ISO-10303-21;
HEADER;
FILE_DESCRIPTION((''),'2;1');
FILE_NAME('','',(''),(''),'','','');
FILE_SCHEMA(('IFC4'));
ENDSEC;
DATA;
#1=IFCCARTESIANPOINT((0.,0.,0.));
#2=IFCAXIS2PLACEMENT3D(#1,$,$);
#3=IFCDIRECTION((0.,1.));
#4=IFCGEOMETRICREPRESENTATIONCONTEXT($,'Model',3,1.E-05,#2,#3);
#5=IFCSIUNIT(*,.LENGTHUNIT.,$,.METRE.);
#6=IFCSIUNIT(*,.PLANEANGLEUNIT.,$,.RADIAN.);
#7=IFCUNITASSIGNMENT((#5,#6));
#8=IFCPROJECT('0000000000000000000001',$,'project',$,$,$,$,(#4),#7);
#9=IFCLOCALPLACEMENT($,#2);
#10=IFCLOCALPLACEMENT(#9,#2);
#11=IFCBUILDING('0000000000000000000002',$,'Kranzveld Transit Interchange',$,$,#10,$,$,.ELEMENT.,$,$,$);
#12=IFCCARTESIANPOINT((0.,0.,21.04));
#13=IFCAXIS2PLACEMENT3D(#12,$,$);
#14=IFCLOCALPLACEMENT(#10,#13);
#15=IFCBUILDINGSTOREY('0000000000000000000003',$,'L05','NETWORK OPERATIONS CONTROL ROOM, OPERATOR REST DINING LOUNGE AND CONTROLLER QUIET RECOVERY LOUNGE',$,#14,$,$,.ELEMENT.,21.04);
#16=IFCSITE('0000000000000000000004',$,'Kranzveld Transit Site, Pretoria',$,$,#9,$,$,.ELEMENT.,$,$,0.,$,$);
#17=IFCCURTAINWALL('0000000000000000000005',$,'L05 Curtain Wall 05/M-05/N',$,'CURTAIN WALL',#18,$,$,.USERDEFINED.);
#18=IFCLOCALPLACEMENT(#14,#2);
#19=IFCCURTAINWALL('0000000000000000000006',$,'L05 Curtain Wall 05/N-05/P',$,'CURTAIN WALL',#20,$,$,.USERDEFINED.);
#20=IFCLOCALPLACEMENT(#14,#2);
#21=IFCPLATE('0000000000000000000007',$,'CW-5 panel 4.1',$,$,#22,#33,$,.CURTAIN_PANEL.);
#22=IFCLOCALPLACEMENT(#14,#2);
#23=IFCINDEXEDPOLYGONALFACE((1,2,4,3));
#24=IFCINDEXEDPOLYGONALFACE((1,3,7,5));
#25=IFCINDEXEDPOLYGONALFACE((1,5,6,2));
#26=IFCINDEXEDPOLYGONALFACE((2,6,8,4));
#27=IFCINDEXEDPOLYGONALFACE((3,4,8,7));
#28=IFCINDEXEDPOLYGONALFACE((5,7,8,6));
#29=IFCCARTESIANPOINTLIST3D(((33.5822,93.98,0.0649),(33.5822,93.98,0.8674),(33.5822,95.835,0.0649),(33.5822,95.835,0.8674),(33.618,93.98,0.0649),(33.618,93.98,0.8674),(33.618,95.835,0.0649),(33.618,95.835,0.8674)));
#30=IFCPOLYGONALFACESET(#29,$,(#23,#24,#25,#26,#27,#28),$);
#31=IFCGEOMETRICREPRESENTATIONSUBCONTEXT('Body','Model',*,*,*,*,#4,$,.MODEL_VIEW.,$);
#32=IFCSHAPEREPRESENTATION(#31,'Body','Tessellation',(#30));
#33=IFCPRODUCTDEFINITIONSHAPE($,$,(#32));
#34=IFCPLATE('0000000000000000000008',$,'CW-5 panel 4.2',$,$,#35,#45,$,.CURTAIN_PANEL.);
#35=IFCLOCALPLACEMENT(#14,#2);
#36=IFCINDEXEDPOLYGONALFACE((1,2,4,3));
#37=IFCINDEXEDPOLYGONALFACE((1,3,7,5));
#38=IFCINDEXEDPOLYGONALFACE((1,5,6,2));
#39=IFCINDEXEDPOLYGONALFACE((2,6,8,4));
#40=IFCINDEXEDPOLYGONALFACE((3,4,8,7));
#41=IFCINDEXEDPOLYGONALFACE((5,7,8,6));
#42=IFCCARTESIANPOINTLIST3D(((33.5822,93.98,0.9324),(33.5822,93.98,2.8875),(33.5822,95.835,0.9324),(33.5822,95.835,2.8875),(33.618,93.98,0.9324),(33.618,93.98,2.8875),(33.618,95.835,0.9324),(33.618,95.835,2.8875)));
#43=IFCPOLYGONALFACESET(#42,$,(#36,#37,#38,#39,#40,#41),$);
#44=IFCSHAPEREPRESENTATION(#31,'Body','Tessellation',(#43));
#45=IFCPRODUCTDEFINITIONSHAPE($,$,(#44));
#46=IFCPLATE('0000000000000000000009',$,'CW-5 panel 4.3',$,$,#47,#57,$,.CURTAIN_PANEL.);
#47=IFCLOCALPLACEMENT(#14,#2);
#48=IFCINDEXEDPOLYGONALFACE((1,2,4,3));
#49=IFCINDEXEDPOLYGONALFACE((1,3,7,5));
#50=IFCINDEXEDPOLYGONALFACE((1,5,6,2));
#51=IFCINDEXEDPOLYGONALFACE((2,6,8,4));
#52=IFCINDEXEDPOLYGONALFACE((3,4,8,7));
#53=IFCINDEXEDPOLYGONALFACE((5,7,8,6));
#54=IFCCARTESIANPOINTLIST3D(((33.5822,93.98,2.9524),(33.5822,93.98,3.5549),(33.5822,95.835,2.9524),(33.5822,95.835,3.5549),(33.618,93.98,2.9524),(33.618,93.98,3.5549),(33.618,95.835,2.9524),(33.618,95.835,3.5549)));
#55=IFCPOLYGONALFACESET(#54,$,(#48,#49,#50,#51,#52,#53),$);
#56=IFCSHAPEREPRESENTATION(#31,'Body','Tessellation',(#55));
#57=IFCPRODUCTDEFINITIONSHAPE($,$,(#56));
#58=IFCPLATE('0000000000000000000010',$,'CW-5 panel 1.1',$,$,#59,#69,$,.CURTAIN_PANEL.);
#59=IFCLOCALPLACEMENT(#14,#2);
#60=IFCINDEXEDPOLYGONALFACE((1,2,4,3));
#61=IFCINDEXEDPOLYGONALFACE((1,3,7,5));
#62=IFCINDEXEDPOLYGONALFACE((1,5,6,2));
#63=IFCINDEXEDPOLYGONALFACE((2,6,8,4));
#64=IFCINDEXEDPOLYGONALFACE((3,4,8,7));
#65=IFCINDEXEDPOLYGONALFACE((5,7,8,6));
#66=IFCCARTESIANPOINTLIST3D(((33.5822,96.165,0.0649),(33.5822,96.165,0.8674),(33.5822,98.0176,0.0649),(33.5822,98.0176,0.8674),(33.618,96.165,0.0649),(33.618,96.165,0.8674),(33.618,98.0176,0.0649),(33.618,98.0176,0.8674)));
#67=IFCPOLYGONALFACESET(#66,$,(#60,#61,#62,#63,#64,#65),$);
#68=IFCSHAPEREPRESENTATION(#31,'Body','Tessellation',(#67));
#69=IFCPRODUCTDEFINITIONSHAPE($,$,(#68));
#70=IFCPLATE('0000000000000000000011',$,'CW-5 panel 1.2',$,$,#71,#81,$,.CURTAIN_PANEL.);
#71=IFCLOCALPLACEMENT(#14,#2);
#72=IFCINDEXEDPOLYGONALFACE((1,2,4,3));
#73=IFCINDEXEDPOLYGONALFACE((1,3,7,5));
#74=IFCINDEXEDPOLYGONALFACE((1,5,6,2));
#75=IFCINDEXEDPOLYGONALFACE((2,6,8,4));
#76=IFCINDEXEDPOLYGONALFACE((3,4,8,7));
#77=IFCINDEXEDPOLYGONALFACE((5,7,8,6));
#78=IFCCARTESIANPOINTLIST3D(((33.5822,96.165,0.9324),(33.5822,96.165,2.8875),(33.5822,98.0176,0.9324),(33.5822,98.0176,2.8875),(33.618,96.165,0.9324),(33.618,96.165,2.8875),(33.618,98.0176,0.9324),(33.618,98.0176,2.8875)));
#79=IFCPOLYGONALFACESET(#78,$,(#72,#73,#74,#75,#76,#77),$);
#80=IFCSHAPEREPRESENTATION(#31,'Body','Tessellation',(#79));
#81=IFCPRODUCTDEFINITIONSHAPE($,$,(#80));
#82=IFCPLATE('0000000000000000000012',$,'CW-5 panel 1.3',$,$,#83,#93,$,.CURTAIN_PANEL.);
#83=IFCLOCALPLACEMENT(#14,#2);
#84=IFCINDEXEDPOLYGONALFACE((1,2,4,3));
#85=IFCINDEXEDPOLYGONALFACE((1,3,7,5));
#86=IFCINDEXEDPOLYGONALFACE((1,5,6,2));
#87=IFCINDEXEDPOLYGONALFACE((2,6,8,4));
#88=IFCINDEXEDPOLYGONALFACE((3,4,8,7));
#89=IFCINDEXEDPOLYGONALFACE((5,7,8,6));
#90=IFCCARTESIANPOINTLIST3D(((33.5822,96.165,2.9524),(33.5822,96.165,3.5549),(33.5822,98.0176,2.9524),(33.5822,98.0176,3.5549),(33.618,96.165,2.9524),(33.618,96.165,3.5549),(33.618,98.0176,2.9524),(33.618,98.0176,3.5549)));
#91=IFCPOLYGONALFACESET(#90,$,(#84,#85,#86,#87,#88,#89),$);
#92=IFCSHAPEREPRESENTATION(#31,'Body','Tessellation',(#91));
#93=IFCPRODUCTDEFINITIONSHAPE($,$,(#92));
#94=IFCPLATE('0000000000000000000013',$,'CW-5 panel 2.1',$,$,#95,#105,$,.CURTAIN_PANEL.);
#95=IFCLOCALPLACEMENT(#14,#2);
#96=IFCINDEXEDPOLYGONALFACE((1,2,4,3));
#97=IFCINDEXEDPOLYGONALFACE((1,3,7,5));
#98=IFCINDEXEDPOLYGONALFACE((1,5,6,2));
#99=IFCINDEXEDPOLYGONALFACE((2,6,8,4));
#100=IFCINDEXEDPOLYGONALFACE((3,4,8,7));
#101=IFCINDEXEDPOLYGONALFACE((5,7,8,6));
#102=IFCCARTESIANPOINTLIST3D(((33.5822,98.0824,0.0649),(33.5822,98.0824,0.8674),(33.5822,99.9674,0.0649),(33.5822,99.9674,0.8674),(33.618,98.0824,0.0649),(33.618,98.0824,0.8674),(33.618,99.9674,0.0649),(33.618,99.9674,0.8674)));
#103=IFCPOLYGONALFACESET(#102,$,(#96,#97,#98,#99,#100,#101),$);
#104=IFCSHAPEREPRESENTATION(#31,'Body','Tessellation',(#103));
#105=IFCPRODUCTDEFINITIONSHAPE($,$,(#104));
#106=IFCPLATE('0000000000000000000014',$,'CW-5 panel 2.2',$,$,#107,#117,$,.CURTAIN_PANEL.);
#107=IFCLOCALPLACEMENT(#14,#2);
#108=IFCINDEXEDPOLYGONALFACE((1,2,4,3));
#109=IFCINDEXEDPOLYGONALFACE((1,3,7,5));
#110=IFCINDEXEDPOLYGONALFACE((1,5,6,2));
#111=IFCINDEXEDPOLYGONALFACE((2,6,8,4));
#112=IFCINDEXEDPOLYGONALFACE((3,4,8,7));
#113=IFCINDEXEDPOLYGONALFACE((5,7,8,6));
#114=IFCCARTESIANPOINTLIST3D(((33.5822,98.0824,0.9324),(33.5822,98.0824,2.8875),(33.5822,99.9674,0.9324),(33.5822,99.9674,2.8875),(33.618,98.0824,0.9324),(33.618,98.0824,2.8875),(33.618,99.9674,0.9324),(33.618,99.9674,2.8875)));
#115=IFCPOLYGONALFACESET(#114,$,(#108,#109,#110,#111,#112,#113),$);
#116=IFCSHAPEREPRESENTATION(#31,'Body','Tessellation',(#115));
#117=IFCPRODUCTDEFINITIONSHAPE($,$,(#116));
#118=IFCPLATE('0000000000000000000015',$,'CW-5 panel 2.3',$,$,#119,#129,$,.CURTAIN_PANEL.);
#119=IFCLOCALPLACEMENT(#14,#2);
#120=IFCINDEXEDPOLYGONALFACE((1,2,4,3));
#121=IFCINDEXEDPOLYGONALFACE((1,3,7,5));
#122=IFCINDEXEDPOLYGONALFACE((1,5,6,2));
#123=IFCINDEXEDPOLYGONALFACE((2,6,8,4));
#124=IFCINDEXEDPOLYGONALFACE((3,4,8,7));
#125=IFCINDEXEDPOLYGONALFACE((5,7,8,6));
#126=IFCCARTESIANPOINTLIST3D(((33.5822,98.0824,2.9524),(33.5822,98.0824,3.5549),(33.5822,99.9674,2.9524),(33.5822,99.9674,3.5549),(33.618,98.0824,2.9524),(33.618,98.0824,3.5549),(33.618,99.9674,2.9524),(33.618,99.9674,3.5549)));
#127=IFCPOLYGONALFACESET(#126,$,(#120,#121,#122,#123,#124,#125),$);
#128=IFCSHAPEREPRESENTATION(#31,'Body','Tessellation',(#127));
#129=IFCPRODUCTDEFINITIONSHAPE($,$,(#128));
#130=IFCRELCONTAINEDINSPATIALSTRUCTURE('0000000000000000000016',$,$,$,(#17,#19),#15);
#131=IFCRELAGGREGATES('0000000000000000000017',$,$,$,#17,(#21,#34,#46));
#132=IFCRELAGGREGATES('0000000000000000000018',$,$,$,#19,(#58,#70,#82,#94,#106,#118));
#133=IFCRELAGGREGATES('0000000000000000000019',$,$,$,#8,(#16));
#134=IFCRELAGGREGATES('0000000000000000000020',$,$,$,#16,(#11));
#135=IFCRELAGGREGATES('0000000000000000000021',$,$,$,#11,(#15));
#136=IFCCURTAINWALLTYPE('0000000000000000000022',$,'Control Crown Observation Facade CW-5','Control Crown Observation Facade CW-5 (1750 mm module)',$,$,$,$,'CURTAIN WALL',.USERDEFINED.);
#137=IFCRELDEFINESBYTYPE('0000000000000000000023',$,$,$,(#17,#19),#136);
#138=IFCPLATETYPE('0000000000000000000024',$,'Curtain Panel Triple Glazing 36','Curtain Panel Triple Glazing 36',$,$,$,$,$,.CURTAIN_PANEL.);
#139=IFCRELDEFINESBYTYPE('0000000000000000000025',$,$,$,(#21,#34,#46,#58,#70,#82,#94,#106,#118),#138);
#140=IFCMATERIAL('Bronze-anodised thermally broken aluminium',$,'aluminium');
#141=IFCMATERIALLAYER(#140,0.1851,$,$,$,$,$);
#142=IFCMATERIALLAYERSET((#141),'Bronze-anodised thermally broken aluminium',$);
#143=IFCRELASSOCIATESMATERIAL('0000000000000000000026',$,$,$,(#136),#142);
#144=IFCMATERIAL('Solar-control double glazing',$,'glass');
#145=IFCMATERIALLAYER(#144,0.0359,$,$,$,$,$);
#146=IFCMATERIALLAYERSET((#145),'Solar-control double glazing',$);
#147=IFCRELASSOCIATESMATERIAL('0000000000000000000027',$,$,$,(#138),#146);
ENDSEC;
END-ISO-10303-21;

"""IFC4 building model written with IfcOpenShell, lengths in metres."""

from ifc_helpers import new_model, si_unit, direction, frame, origin, origin_2d, place, context, subcontext, project, spatial, rectangle, extrude, material, layer, layer_set, type_object, element, aggregate, save


model = new_model("IFC4")

# Units and contexts
model_context = context("Model", 3, precision=1e-05, world=origin(), true_north=direction((0.0, 1.0)))
body_context = subcontext(model_context, "Body", "Model", "MODEL_VIEW")
ifc_project = project(units=[si_unit("LENGTHUNIT", "METRE"), si_unit("PLANEANGLEUNIT", "RADIAN")], contexts=[model_context])

# Site, building, storey
site_placement = place(None, origin())
site = spatial("IfcSite", under=ifc_project, at=site_placement, Name="Kranzveld Transit Site, Pretoria", CompositionType="ELEMENT", RefElevation=0.0)
building_placement = place(site_placement, origin())
building = spatial("IfcBuilding", under=site, at=building_placement, Name="Kranzveld Transit Interchange", CompositionType="ELEMENT")
storey_placement = place(building_placement, frame((0.0, 0.0, 21.04)))
storey = spatial("IfcBuildingStorey", under=building, at=storey_placement, Name="L05", Description="NETWORK OPERATIONS CONTROL ROOM, OPERATOR REST DINING LOUNGE AND CONTROLLER QUIET RECOVERY LOUNGE", CompositionType="ELEMENT", Elevation=21.04)

# Curtain walls
ifc_material_1 = material(Name="Bronze-anodised thermally broken aluminium", Category="aluminium")
ifc_layer_1 = layer(ifc_material_1, 0.1851)
ifc_layer_set_1 = layer_set([ifc_layer_1], Name="Bronze-anodised thermally broken aluminium")
curtain_wall_type = type_object("IfcCurtainWallType", Name="Control Crown Observation Facade CW-5", Description="Control Crown Observation Facade CW-5 (1750 mm module)", ElementType="CURTAIN WALL", PredefinedType="USERDEFINED", material=ifc_layer_set_1)
curtain_wall_1_placement = place(storey_placement, origin())
curtain_wall_1 = element("IfcCurtainWall", 1, at=curtain_wall_1_placement, inside=storey, type_object=curtain_wall_type, Name="L05 Curtain Wall 05/M-05/N", ObjectType="CURTAIN WALL", PredefinedType="USERDEFINED")
curtain_wall_2_placement = place(storey_placement, origin())
curtain_wall_2 = element("IfcCurtainWall", 2, at=curtain_wall_2_placement, inside=storey, type_object=curtain_wall_type, Name="L05 Curtain Wall 05/N-05/P", ObjectType="CURTAIN WALL", PredefinedType="USERDEFINED")

# Plates
ifc_material_2 = material(Name="Solar-control double glazing", Category="glass")
ifc_layer_2 = layer(ifc_material_2, 0.0359)
ifc_layer_set_2 = layer_set([ifc_layer_2], Name="Solar-control double glazing")
plate_type = type_object("IfcPlateType", Name="Curtain Panel Triple Glazing 36", Description="Curtain Panel Triple Glazing 36", PredefinedType="CURTAIN_PANEL", material=ifc_layer_set_2)
plate_1_placement = place(storey_placement, frame((33.6001, 94.9075, 0.0649), z_axis=(0.0, 0.0, 1.0), x_axis=(0.0, 1.0, 0.0)))
plate_1 = element("IfcPlate", 3, at=plate_1_placement, type_object=plate_type, Name="CW-5 panel 4.1", PredefinedType="CURTAIN_PANEL", context=body_context, shape_type="SweptSolid", body=[
    extrude(rectangle(XDim=1.855, YDim=0.0359, at=origin_2d()), origin(), (0.0, 0.0, 1.0), 0.8025),
])
plate_2_placement = place(storey_placement, frame((33.6001, 94.9075, 0.9324), z_axis=(0.0, 0.0, 1.0), x_axis=(0.0, 1.0, 0.0)))
plate_2 = element("IfcPlate", 4, at=plate_2_placement, type_object=plate_type, Name="CW-5 panel 4.2", PredefinedType="CURTAIN_PANEL", context=body_context, shape_type="SweptSolid", body=[
    extrude(rectangle(XDim=1.855, YDim=0.0359, at=origin_2d()), origin(), (0.0, 0.0, 1.0), 1.9551),
])
plate_3_placement = place(storey_placement, frame((33.6001, 94.9075, 2.9524), z_axis=(0.0, 0.0, 1.0), x_axis=(0.0, 1.0, 0.0)))
plate_3 = element("IfcPlate", 5, at=plate_3_placement, type_object=plate_type, Name="CW-5 panel 4.3", PredefinedType="CURTAIN_PANEL", context=body_context, shape_type="SweptSolid", body=[
    extrude(rectangle(XDim=1.855, YDim=0.0359, at=origin_2d()), origin(), (0.0, 0.0, 1.0), 0.6025),
])
aggregate(curtain_wall_1, [plate_1, plate_2, plate_3])
plate_4_placement = place(storey_placement, frame((33.6001, 97.0913, 0.0649), z_axis=(0.0, 0.0, 1.0), x_axis=(0.0, 1.0, 0.0)))
plate_4 = element("IfcPlate", 6, at=plate_4_placement, type_object=plate_type, Name="CW-5 panel 1.1", PredefinedType="CURTAIN_PANEL", context=body_context, shape_type="SweptSolid", body=[
    extrude(rectangle(XDim=1.8525, YDim=0.0359, at=origin_2d()), origin(), (0.0, 0.0, 1.0), 0.8025),
])
plate_5_placement = place(storey_placement, frame((33.6001, 97.0913, 0.9324), z_axis=(0.0, 0.0, 1.0), x_axis=(0.0, 1.0, 0.0)))
plate_5 = element("IfcPlate", 7, at=plate_5_placement, type_object=plate_type, Name="CW-5 panel 1.2", PredefinedType="CURTAIN_PANEL", context=body_context, shape_type="SweptSolid", body=[
    extrude(rectangle(XDim=1.8525, YDim=0.0359, at=origin_2d()), origin(), (0.0, 0.0, 1.0), 1.9551),
])
plate_6_placement = place(storey_placement, frame((33.6001, 97.0913, 2.9524), z_axis=(0.0, 0.0, 1.0), x_axis=(0.0, 1.0, 0.0)))
plate_6 = element("IfcPlate", 8, at=plate_6_placement, type_object=plate_type, Name="CW-5 panel 1.3", PredefinedType="CURTAIN_PANEL", context=body_context, shape_type="SweptSolid", body=[
    extrude(rectangle(XDim=1.8525, YDim=0.0359, at=origin_2d()), origin(), (0.0, 0.0, 1.0), 0.6025),
])
plate_7_placement = place(storey_placement, frame((33.6001, 99.0249, 0.0649), z_axis=(0.0, 0.0, 1.0), x_axis=(0.0, 1.0, 0.0)))
plate_7 = element("IfcPlate", 9, at=plate_7_placement, type_object=plate_type, Name="CW-5 panel 2.1", PredefinedType="CURTAIN_PANEL", context=body_context, shape_type="SweptSolid", body=[
    extrude(rectangle(XDim=1.885, YDim=0.0359, at=origin_2d()), origin(), (0.0, 0.0, 1.0), 0.8025),
])
plate_8_placement = place(storey_placement, frame((33.6001, 99.0249, 0.9324), z_axis=(0.0, 0.0, 1.0), x_axis=(0.0, 1.0, 0.0)))
plate_8 = element("IfcPlate", 10, at=plate_8_placement, type_object=plate_type, Name="CW-5 panel 2.2", PredefinedType="CURTAIN_PANEL", context=body_context, shape_type="SweptSolid", body=[
    extrude(rectangle(XDim=1.885, YDim=0.0359, at=origin_2d()), origin(), (0.0, 0.0, 1.0), 1.9551),
])
plate_9_placement = place(storey_placement, frame((33.6001, 99.0249, 2.9524), z_axis=(0.0, 0.0, 1.0), x_axis=(0.0, 1.0, 0.0)))
plate_9 = element("IfcPlate", 11, at=plate_9_placement, type_object=plate_type, Name="CW-5 panel 2.3", PredefinedType="CURTAIN_PANEL", context=body_context, shape_type="SweptSolid", body=[
    extrude(rectangle(XDim=1.885, YDim=0.0359, at=origin_2d()), origin(), (0.0, 0.0, 1.0), 0.6025),
])
aggregate(curtain_wall_2, [plate_4, plate_5, plate_6, plate_7, plate_8, plate_9])

save(model, "model.ifc")
